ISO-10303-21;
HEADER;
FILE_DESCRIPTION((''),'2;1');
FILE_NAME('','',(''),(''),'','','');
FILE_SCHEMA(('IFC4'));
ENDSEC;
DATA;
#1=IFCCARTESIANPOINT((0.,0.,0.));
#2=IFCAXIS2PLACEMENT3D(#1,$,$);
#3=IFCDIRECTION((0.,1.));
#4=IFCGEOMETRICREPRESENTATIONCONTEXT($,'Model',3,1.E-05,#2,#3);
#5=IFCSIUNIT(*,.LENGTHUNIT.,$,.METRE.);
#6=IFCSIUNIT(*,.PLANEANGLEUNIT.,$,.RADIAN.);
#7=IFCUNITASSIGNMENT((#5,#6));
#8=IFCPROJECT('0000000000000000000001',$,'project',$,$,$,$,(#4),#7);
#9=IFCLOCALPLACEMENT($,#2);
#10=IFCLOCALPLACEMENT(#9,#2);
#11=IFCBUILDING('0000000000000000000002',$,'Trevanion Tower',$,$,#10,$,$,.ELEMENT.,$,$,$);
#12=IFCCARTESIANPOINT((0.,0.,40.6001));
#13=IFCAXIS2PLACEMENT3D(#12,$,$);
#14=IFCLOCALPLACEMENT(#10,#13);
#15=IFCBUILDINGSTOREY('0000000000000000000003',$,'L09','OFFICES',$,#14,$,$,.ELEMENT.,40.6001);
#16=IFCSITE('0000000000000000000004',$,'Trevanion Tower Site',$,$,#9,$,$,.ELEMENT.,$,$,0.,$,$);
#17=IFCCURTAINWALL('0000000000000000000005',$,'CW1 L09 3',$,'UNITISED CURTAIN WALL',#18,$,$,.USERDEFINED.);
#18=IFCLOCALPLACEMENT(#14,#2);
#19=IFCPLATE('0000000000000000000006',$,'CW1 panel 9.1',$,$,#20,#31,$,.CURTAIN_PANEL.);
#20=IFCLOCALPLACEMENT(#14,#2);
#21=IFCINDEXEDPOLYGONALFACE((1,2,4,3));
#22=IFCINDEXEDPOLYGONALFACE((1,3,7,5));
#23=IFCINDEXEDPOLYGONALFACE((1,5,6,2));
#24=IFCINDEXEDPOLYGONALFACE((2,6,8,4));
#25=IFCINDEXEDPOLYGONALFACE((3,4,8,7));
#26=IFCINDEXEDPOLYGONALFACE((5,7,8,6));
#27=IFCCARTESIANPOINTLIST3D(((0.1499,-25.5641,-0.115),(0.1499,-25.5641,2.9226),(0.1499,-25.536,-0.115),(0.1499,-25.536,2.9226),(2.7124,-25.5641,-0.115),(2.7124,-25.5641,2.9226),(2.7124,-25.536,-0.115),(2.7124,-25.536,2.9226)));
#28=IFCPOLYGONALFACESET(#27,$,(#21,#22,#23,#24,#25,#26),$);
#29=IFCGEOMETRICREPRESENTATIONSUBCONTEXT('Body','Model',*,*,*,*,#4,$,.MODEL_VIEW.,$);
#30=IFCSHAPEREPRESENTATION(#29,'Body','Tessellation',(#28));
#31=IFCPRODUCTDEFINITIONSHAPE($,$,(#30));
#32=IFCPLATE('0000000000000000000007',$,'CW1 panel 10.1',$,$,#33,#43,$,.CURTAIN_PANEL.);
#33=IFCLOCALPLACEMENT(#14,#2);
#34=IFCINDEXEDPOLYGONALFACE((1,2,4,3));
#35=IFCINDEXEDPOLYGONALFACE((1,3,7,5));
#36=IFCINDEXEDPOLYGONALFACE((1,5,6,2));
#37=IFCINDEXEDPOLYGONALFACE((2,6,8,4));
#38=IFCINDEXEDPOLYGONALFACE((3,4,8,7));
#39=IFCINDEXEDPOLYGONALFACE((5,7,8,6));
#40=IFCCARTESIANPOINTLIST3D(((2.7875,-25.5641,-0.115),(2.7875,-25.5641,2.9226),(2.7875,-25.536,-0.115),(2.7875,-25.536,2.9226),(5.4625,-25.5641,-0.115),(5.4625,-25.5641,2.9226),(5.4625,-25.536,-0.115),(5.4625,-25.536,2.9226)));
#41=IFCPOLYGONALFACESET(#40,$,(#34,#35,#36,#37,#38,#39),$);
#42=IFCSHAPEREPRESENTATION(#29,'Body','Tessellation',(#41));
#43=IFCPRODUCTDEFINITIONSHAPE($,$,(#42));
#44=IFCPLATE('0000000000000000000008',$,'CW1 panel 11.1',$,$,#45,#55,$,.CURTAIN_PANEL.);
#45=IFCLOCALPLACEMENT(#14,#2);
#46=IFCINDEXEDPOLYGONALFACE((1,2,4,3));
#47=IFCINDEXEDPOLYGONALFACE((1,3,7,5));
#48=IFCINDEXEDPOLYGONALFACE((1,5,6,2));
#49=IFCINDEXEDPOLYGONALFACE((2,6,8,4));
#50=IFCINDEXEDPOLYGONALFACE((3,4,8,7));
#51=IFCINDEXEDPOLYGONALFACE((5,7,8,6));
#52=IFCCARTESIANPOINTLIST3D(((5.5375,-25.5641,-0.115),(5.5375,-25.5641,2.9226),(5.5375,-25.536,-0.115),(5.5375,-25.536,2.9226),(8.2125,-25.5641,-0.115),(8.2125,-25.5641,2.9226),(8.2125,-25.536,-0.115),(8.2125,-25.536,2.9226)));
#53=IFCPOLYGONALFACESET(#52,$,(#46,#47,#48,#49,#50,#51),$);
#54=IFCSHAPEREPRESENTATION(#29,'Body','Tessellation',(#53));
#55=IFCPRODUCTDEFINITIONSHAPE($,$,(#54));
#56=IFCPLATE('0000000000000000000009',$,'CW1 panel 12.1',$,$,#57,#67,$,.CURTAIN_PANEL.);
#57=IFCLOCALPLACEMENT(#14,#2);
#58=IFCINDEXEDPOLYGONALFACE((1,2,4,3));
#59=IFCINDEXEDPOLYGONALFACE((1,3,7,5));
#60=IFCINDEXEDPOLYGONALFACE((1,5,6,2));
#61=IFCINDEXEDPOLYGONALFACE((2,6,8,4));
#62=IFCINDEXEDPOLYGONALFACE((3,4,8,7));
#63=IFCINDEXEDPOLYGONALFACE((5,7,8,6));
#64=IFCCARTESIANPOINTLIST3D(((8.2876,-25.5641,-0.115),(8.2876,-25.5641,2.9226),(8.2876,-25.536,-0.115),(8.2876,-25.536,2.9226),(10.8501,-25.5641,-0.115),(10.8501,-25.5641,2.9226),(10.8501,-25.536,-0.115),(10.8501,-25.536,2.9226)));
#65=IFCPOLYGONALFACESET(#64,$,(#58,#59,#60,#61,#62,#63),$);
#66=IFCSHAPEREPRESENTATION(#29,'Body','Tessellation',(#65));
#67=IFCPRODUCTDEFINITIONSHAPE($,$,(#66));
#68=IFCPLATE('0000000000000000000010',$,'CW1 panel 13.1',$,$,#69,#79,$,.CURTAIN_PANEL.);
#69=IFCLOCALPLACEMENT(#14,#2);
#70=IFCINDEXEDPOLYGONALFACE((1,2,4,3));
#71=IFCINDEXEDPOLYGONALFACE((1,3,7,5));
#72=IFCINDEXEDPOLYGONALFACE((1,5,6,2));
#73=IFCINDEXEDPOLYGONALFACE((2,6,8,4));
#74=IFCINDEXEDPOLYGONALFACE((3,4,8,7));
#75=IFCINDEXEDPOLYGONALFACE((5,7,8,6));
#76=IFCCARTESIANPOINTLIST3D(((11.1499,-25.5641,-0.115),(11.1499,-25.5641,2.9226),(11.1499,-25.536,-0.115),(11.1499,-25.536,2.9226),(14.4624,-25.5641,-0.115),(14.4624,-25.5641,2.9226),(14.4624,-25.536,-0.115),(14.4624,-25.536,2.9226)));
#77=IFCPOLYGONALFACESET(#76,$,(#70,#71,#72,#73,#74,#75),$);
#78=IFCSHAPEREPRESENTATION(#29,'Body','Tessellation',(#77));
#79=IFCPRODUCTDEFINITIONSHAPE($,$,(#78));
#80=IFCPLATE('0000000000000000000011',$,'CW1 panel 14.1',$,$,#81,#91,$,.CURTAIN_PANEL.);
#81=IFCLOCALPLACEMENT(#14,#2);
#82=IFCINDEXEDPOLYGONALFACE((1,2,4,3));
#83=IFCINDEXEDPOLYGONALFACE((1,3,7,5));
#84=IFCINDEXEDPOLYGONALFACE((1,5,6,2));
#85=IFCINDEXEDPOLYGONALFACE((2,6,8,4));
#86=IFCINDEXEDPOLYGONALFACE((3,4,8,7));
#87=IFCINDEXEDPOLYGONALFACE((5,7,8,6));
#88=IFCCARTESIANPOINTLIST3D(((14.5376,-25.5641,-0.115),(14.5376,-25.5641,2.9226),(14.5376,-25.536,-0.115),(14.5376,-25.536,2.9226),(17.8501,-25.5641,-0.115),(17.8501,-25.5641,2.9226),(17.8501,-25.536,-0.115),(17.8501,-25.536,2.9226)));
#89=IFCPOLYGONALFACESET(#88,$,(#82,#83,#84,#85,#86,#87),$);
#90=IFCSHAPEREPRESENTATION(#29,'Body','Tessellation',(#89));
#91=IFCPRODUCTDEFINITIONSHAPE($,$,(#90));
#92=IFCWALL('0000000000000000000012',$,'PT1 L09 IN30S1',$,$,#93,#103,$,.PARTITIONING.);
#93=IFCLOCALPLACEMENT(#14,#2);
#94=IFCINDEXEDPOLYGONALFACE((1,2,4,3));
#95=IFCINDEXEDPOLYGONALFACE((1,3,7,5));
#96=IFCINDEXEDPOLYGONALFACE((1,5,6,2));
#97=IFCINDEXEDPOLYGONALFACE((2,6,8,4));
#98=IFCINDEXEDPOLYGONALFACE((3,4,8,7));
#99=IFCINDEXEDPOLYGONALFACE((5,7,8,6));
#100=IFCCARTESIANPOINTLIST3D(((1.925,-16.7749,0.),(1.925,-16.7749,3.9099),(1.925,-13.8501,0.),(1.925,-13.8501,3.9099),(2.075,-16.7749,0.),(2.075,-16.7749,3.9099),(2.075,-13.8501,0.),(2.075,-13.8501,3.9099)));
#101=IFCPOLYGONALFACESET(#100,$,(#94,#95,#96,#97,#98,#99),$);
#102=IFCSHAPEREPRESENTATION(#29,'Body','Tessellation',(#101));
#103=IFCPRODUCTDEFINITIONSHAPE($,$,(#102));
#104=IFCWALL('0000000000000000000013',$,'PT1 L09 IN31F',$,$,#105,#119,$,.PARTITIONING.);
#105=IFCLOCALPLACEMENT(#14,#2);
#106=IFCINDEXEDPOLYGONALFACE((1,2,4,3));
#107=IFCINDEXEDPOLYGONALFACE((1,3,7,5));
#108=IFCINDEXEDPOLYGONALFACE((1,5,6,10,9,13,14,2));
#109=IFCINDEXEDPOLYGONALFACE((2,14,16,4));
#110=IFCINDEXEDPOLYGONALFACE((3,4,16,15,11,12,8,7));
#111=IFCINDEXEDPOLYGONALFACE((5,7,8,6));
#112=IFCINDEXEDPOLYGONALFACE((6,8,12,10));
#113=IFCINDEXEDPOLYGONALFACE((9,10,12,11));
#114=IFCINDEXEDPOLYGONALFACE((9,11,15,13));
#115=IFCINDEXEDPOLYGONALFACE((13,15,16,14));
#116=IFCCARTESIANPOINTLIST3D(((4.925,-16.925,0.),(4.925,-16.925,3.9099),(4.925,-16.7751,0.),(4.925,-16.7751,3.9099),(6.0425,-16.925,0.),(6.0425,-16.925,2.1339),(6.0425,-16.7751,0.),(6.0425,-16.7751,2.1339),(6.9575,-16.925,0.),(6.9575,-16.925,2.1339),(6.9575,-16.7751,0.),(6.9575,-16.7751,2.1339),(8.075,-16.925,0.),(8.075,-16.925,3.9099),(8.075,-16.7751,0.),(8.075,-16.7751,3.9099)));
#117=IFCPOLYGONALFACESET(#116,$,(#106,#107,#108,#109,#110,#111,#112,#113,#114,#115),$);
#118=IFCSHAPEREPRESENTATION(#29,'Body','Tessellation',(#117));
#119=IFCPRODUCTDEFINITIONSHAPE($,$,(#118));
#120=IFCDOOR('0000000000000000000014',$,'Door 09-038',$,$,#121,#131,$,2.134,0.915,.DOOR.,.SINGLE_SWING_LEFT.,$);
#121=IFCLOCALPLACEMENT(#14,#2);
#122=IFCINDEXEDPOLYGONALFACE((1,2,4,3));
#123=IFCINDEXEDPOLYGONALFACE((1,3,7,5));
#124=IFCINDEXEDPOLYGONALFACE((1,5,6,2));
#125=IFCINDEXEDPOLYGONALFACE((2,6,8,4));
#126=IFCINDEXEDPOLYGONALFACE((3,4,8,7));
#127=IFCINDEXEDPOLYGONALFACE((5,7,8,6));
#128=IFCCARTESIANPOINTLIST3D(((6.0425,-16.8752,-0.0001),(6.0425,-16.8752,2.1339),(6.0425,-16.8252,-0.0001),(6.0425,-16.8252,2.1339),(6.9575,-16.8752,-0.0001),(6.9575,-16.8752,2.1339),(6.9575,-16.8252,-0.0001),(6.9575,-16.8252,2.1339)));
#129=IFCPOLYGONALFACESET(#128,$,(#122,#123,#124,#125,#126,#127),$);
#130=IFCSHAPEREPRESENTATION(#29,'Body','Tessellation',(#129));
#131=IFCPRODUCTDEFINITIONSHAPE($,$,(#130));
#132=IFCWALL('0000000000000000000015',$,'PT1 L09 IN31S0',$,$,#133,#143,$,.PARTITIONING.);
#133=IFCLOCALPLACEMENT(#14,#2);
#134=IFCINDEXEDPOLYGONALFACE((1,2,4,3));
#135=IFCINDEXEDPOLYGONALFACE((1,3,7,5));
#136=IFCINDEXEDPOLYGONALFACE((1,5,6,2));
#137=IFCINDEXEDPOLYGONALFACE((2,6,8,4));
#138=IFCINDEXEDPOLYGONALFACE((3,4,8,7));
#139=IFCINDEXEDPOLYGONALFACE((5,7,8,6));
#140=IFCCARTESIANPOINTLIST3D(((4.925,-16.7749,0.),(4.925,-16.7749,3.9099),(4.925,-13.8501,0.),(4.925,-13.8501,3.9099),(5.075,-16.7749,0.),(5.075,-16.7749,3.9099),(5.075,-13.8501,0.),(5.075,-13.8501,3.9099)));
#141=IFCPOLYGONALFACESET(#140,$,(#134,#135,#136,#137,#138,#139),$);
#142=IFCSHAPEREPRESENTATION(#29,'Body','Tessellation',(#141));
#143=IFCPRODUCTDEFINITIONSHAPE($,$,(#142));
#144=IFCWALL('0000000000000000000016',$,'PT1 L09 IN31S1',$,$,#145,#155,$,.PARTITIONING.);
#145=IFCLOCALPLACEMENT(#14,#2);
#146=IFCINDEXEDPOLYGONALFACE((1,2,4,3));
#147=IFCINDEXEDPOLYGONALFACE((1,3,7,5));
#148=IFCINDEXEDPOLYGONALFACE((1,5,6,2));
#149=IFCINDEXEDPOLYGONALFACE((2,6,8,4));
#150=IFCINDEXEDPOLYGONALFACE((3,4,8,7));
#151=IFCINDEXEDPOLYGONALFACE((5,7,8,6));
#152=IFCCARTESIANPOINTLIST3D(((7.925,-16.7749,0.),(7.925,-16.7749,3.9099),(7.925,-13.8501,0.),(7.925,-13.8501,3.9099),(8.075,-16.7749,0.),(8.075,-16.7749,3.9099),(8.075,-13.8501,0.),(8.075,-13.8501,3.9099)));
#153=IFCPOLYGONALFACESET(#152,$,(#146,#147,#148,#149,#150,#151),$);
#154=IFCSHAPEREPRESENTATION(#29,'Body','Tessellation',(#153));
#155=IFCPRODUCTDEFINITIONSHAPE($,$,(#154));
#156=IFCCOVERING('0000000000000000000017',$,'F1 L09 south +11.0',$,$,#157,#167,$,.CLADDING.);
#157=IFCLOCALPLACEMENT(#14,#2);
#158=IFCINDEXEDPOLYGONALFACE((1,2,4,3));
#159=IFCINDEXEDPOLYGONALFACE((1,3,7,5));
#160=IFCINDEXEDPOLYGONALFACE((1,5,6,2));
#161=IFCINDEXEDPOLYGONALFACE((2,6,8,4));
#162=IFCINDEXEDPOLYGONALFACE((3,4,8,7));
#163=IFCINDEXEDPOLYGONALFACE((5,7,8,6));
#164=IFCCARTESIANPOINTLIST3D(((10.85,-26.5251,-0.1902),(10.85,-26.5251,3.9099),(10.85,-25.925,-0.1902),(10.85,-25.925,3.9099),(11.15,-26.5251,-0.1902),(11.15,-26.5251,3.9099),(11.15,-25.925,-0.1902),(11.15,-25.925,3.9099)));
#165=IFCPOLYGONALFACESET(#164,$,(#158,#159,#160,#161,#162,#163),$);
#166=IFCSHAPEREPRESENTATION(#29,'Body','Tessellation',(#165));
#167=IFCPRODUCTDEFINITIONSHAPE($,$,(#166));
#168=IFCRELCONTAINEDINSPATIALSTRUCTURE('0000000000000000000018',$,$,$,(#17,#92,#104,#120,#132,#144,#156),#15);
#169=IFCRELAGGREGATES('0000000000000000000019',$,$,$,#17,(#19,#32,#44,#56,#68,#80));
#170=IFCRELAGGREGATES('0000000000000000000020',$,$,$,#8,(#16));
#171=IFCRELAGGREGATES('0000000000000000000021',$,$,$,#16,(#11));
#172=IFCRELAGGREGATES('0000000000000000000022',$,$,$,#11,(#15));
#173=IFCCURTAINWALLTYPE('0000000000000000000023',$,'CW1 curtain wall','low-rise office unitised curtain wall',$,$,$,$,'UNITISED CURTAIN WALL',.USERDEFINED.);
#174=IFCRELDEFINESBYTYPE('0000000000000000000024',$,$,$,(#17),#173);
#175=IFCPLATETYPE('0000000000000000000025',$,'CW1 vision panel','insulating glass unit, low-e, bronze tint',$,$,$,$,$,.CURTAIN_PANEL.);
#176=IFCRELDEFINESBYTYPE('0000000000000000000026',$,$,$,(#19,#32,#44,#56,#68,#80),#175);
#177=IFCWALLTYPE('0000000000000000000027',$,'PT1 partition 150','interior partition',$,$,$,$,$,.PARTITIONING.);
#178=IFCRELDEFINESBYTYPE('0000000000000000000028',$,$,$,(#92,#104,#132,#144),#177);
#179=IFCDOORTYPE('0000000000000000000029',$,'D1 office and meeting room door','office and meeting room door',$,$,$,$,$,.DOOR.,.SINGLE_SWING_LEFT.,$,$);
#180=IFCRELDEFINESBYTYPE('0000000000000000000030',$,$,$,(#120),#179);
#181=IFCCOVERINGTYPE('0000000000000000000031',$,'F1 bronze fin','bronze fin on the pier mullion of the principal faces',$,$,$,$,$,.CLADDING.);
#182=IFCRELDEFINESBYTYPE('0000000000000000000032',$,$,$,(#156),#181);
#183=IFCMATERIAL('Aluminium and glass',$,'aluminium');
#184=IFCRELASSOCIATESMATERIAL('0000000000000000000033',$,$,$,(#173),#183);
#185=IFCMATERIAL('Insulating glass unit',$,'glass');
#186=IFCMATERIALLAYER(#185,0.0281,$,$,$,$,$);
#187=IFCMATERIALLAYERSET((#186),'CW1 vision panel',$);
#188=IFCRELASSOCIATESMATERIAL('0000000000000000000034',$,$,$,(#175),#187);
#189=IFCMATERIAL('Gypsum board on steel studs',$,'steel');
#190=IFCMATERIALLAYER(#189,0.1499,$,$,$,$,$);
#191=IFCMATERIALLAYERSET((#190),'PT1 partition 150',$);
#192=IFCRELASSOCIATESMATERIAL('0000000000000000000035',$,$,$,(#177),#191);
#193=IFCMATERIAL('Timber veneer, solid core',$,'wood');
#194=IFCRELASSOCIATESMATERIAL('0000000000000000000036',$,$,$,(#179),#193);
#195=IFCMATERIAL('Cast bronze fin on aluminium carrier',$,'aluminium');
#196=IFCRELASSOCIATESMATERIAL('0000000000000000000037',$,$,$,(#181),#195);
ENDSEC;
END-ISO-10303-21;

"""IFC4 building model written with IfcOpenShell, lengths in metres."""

from ifc_helpers import new_model, si_unit, direction, frame, frame_2d, origin, origin_2d, place, context, subcontext, project, spatial, rectangle, extrude, material, layer, layer_set, type_object, element, fill, aggregate, save


model = new_model("IFC4")

# Units and contexts
model_context = context("Model", 3, precision=1e-05, world=origin(), true_north=direction((0.0, 1.0)))
body_context = subcontext(model_context, "Body", "Model", "MODEL_VIEW")
ifc_project = project(units=[si_unit("LENGTHUNIT", "METRE"), si_unit("PLANEANGLEUNIT", "RADIAN")], contexts=[model_context])

# Site, building, storey
site_placement = place(None, origin())
site = spatial("IfcSite", under=ifc_project, at=site_placement, Name="Trevanion Tower Site", CompositionType="ELEMENT", RefElevation=0.0)
building_placement = place(site_placement, origin())
building = spatial("IfcBuilding", under=site, at=building_placement, Name="Trevanion Tower", CompositionType="ELEMENT")
storey_placement = place(building_placement, frame((0.0, 0.0, 40.6001)))
storey = spatial("IfcBuildingStorey", under=building, at=storey_placement, Name="L09", Description="OFFICES", CompositionType="ELEMENT", Elevation=40.6001)

# Curtain wall
ifc_material_1 = material(Name="Aluminium and glass", Category="aluminium")
curtain_wall_type = type_object("IfcCurtainWallType", Name="CW1 curtain wall", Description="low-rise office unitised curtain wall", ElementType="UNITISED CURTAIN WALL", PredefinedType="USERDEFINED", material=ifc_material_1)
curtain_wall_placement = place(storey_placement, origin())
curtain_wall = element("IfcCurtainWall", 1, at=curtain_wall_placement, inside=storey, type_object=curtain_wall_type, Name="CW1 L09 3", ObjectType="UNITISED CURTAIN WALL", PredefinedType="USERDEFINED")

# Plates
ifc_material_2 = material(Name="Insulating glass unit", Category="glass")
ifc_layer_1 = layer(ifc_material_2, 0.0281)
ifc_layer_set_1 = layer_set([ifc_layer_1], Name="CW1 vision panel")
plate_type_1 = type_object("IfcPlateType", Name="CW1 vision panel", Description="insulating glass unit, low-e, bronze tint", PredefinedType="CURTAIN_PANEL", material=ifc_layer_set_1)
plate_1_placement = place(storey_placement, frame((1.4312, -25.55, -0.115), z_axis=(0.0, 0.0, 1.0), x_axis=(1.0, 0.0, 0.0)))
plate_1 = element("IfcPlate", 2, at=plate_1_placement, type_object=plate_type_1, Name="CW1 panel 9.1", PredefinedType="CURTAIN_PANEL", context=body_context, shape_type="SweptSolid", body=[
    extrude(rectangle(XDim=2.5625, YDim=0.0281, at=origin_2d()), origin(), (0.0, 0.0, 1.0), 3.0376),
])
plate_2_placement = place(storey_placement, frame((4.125, -25.55, -0.115), z_axis=(0.0, 0.0, 1.0), x_axis=(1.0, 0.0, 0.0)))
plate_2 = element("IfcPlate", 3, at=plate_2_placement, type_object=plate_type_1, Name="CW1 panel 10.1", PredefinedType="CURTAIN_PANEL", context=body_context, shape_type="SweptSolid", body=[
    extrude(rectangle(XDim=2.675, YDim=0.0281, at=origin_2d()), origin(), (0.0, 0.0, 1.0), 3.0376),
])
plate_3_placement = place(storey_placement, frame((6.875, -25.55, -0.115), z_axis=(0.0, 0.0, 1.0), x_axis=(1.0, 0.0, 0.0)))
plate_3 = element("IfcPlate", 4, at=plate_3_placement, type_object=plate_type_1, Name="CW1 panel 11.1", PredefinedType="CURTAIN_PANEL", context=body_context, shape_type="SweptSolid", body=[
    extrude(rectangle(XDim=2.675, YDim=0.0281, at=origin_2d()), origin(), (0.0, 0.0, 1.0), 3.0376),
])
plate_4_placement = place(storey_placement, frame((9.5688, -25.55, -0.115), z_axis=(0.0, 0.0, 1.0), x_axis=(1.0, 0.0, 0.0)))
plate_4 = element("IfcPlate", 5, at=plate_4_placement, type_object=plate_type_1, Name="CW1 panel 12.1", PredefinedType="CURTAIN_PANEL", context=body_context, shape_type="SweptSolid", body=[
    extrude(rectangle(XDim=2.5625, YDim=0.0281, at=origin_2d()), origin(), (0.0, 0.0, 1.0), 3.0376),
])
plate_5_placement = place(storey_placement, frame((12.8062, -25.55, -0.115), z_axis=(0.0, 0.0, 1.0), x_axis=(1.0, 0.0, 0.0)))
plate_5 = element("IfcPlate", 6, at=plate_5_placement, type_object=plate_type_1, Name="CW1 panel 13.1", PredefinedType="CURTAIN_PANEL", context=body_context, shape_type="SweptSolid", body=[
    extrude(rectangle(XDim=3.3125, YDim=0.0281, at=origin_2d()), origin(), (0.0, 0.0, 1.0), 3.0376),
])
plate_6_placement = place(storey_placement, frame((16.1938, -25.55, -0.115), z_axis=(0.0, 0.0, 1.0), x_axis=(1.0, 0.0, 0.0)))
plate_6 = element("IfcPlate", 7, at=plate_6_placement, type_object=plate_type_1, Name="CW1 panel 14.1", PredefinedType="CURTAIN_PANEL", context=body_context, shape_type="SweptSolid", body=[
    extrude(rectangle(XDim=3.3125, YDim=0.0281, at=origin_2d()), origin(), (0.0, 0.0, 1.0), 3.0376),
])
aggregate(curtain_wall, [plate_1, plate_2, plate_3, plate_4, plate_5, plate_6])

# Wall
ifc_material_3 = material(Name="Gypsum board on steel studs", Category="steel")
ifc_layer_2 = layer(ifc_material_3, 0.1499)
ifc_layer_set_2 = layer_set([ifc_layer_2], Name="PT1 partition 150")
wall_type = type_object("IfcWallType", Name="PT1 partition 150", Description="interior partition", PredefinedType="PARTITIONING", material=ifc_layer_set_2)
wall_1_placement = place(storey_placement, frame((2.0, -16.7749, 0.0), z_axis=(0.0, 0.0, 1.0), x_axis=(0.0, 1.0, 0.0)))
element("IfcWall", 8, at=wall_1_placement, inside=storey, type_object=wall_type, Name="PT1 L09 IN30S1", PredefinedType="PARTITIONING", context=body_context, shape_type="SweptSolid", body=[
    extrude(rectangle(XDim=2.9248, YDim=0.1499, at=frame_2d((1.4624, 0.0))), origin(), (0.0, 0.0, 1.0), 3.9099),
])

# Wall, opening, door
wall_2_placement = place(storey_placement, frame((4.925, -16.8501, 0.0), z_axis=(0.0, 0.0, 1.0), x_axis=(1.0, 0.0, 0.0)))
wall_2 = element("IfcWall", 9, at=wall_2_placement, inside=storey, type_object=wall_type, Name="PT1 L09 IN31F", PredefinedType="PARTITIONING", context=body_context, shape_type="SweptSolid", body=[
    extrude(rectangle(XDim=3.1499, YDim=0.1499, at=frame_2d((1.575, 0.0))), origin(), (0.0, 0.0, 1.0), 3.9099),
])
opening_placement = place(wall_2_placement, frame((1.1174, 0.0, 0.0)))
opening = element("IfcOpeningElement", 10, at=opening_placement, cuts=wall_2, PredefinedType="OPENING", context=body_context, shape_type="SweptSolid", body=[
    extrude(rectangle(XDim=0.915, YDim=2.134, at=frame_2d((0.4575, 1.0669))), frame((0.0, 0.085, 0.0), z_axis=(0.0, -1.0, 0.0), x_axis=(1.0, 0.0, 0.0)), (0.0, 0.0, 1.0), 0.1699),
])
ifc_material_4 = material(Name="Timber veneer, solid core", Category="wood")
door_type = type_object("IfcDoorType", Name="D1 office and meeting room door", Description="office and meeting room door", OperationType="SINGLE_SWING_LEFT", PredefinedType="DOOR", material=ifc_material_4)
door_placement = place(opening_placement, origin())
door = element("IfcDoor", 11, at=door_placement, inside=storey, type_object=door_type, Name="Door 09-038", OperationType="SINGLE_SWING_LEFT", OverallHeight=2.134, OverallWidth=0.915, PredefinedType="DOOR", context=body_context, shape_type="SweptSolid", body=[
    extrude(rectangle(XDim=0.915, YDim=2.134, at=frame_2d((0.4575, 1.0669))), frame((0.0, 0.0249, 0.0), z_axis=(0.0, -1.0, 0.0), x_axis=(1.0, 0.0, 0.0)), (0.0, 0.0, 1.0), 0.05),
])
fill(opening, door)

# Walls
for number, where, z_axis, x_axis, name in (
    (12, (5.0, -16.7749, 0.0), (0.0, 0.0, 1.0), (0.0, 1.0, 0.0), "PT1 L09 IN31S0"),
    (13, (8.0, -16.7749, 0.0), (0.0, 0.0, 1.0), (0.0, 1.0, 0.0), "PT1 L09 IN31S1"),
):
    element("IfcWall", number, at=place(storey_placement, frame(where, z_axis=z_axis, x_axis=x_axis)), inside=storey, type_object=wall_type, Name=name, PredefinedType="PARTITIONING", context=body_context, shape_type="SweptSolid", body=[
        extrude(rectangle(XDim=2.9248, YDim=0.1499, at=frame_2d((1.4624, 0.0))), origin(), (0.0, 0.0, 1.0), 3.9099),
    ])

# Covering
ifc_material_5 = material(Name="Cast bronze fin on aluminium carrier", Category="aluminium")
covering_type = type_object("IfcCoveringType", Name="F1 bronze fin", Description="bronze fin on the pier mullion of the principal faces", PredefinedType="CLADDING", material=ifc_material_5)
covering_placement = place(storey_placement, frame((11.0, -26.2251, -0.1902), z_axis=(0.0, 0.0, 1.0), x_axis=(1.0, 0.0, 0.0)))
element("IfcCovering", 14, at=covering_placement, inside=storey, type_object=covering_type, Name="F1 L09 south +11.0", PredefinedType="CLADDING", context=body_context, shape_type="SweptSolid", body=[
    extrude(rectangle(XDim=0.3, YDim=0.6001, at=origin_2d()), origin(), (0.0, 0.0, 1.0), 4.1001),
])

save(model, "model.ifc")
